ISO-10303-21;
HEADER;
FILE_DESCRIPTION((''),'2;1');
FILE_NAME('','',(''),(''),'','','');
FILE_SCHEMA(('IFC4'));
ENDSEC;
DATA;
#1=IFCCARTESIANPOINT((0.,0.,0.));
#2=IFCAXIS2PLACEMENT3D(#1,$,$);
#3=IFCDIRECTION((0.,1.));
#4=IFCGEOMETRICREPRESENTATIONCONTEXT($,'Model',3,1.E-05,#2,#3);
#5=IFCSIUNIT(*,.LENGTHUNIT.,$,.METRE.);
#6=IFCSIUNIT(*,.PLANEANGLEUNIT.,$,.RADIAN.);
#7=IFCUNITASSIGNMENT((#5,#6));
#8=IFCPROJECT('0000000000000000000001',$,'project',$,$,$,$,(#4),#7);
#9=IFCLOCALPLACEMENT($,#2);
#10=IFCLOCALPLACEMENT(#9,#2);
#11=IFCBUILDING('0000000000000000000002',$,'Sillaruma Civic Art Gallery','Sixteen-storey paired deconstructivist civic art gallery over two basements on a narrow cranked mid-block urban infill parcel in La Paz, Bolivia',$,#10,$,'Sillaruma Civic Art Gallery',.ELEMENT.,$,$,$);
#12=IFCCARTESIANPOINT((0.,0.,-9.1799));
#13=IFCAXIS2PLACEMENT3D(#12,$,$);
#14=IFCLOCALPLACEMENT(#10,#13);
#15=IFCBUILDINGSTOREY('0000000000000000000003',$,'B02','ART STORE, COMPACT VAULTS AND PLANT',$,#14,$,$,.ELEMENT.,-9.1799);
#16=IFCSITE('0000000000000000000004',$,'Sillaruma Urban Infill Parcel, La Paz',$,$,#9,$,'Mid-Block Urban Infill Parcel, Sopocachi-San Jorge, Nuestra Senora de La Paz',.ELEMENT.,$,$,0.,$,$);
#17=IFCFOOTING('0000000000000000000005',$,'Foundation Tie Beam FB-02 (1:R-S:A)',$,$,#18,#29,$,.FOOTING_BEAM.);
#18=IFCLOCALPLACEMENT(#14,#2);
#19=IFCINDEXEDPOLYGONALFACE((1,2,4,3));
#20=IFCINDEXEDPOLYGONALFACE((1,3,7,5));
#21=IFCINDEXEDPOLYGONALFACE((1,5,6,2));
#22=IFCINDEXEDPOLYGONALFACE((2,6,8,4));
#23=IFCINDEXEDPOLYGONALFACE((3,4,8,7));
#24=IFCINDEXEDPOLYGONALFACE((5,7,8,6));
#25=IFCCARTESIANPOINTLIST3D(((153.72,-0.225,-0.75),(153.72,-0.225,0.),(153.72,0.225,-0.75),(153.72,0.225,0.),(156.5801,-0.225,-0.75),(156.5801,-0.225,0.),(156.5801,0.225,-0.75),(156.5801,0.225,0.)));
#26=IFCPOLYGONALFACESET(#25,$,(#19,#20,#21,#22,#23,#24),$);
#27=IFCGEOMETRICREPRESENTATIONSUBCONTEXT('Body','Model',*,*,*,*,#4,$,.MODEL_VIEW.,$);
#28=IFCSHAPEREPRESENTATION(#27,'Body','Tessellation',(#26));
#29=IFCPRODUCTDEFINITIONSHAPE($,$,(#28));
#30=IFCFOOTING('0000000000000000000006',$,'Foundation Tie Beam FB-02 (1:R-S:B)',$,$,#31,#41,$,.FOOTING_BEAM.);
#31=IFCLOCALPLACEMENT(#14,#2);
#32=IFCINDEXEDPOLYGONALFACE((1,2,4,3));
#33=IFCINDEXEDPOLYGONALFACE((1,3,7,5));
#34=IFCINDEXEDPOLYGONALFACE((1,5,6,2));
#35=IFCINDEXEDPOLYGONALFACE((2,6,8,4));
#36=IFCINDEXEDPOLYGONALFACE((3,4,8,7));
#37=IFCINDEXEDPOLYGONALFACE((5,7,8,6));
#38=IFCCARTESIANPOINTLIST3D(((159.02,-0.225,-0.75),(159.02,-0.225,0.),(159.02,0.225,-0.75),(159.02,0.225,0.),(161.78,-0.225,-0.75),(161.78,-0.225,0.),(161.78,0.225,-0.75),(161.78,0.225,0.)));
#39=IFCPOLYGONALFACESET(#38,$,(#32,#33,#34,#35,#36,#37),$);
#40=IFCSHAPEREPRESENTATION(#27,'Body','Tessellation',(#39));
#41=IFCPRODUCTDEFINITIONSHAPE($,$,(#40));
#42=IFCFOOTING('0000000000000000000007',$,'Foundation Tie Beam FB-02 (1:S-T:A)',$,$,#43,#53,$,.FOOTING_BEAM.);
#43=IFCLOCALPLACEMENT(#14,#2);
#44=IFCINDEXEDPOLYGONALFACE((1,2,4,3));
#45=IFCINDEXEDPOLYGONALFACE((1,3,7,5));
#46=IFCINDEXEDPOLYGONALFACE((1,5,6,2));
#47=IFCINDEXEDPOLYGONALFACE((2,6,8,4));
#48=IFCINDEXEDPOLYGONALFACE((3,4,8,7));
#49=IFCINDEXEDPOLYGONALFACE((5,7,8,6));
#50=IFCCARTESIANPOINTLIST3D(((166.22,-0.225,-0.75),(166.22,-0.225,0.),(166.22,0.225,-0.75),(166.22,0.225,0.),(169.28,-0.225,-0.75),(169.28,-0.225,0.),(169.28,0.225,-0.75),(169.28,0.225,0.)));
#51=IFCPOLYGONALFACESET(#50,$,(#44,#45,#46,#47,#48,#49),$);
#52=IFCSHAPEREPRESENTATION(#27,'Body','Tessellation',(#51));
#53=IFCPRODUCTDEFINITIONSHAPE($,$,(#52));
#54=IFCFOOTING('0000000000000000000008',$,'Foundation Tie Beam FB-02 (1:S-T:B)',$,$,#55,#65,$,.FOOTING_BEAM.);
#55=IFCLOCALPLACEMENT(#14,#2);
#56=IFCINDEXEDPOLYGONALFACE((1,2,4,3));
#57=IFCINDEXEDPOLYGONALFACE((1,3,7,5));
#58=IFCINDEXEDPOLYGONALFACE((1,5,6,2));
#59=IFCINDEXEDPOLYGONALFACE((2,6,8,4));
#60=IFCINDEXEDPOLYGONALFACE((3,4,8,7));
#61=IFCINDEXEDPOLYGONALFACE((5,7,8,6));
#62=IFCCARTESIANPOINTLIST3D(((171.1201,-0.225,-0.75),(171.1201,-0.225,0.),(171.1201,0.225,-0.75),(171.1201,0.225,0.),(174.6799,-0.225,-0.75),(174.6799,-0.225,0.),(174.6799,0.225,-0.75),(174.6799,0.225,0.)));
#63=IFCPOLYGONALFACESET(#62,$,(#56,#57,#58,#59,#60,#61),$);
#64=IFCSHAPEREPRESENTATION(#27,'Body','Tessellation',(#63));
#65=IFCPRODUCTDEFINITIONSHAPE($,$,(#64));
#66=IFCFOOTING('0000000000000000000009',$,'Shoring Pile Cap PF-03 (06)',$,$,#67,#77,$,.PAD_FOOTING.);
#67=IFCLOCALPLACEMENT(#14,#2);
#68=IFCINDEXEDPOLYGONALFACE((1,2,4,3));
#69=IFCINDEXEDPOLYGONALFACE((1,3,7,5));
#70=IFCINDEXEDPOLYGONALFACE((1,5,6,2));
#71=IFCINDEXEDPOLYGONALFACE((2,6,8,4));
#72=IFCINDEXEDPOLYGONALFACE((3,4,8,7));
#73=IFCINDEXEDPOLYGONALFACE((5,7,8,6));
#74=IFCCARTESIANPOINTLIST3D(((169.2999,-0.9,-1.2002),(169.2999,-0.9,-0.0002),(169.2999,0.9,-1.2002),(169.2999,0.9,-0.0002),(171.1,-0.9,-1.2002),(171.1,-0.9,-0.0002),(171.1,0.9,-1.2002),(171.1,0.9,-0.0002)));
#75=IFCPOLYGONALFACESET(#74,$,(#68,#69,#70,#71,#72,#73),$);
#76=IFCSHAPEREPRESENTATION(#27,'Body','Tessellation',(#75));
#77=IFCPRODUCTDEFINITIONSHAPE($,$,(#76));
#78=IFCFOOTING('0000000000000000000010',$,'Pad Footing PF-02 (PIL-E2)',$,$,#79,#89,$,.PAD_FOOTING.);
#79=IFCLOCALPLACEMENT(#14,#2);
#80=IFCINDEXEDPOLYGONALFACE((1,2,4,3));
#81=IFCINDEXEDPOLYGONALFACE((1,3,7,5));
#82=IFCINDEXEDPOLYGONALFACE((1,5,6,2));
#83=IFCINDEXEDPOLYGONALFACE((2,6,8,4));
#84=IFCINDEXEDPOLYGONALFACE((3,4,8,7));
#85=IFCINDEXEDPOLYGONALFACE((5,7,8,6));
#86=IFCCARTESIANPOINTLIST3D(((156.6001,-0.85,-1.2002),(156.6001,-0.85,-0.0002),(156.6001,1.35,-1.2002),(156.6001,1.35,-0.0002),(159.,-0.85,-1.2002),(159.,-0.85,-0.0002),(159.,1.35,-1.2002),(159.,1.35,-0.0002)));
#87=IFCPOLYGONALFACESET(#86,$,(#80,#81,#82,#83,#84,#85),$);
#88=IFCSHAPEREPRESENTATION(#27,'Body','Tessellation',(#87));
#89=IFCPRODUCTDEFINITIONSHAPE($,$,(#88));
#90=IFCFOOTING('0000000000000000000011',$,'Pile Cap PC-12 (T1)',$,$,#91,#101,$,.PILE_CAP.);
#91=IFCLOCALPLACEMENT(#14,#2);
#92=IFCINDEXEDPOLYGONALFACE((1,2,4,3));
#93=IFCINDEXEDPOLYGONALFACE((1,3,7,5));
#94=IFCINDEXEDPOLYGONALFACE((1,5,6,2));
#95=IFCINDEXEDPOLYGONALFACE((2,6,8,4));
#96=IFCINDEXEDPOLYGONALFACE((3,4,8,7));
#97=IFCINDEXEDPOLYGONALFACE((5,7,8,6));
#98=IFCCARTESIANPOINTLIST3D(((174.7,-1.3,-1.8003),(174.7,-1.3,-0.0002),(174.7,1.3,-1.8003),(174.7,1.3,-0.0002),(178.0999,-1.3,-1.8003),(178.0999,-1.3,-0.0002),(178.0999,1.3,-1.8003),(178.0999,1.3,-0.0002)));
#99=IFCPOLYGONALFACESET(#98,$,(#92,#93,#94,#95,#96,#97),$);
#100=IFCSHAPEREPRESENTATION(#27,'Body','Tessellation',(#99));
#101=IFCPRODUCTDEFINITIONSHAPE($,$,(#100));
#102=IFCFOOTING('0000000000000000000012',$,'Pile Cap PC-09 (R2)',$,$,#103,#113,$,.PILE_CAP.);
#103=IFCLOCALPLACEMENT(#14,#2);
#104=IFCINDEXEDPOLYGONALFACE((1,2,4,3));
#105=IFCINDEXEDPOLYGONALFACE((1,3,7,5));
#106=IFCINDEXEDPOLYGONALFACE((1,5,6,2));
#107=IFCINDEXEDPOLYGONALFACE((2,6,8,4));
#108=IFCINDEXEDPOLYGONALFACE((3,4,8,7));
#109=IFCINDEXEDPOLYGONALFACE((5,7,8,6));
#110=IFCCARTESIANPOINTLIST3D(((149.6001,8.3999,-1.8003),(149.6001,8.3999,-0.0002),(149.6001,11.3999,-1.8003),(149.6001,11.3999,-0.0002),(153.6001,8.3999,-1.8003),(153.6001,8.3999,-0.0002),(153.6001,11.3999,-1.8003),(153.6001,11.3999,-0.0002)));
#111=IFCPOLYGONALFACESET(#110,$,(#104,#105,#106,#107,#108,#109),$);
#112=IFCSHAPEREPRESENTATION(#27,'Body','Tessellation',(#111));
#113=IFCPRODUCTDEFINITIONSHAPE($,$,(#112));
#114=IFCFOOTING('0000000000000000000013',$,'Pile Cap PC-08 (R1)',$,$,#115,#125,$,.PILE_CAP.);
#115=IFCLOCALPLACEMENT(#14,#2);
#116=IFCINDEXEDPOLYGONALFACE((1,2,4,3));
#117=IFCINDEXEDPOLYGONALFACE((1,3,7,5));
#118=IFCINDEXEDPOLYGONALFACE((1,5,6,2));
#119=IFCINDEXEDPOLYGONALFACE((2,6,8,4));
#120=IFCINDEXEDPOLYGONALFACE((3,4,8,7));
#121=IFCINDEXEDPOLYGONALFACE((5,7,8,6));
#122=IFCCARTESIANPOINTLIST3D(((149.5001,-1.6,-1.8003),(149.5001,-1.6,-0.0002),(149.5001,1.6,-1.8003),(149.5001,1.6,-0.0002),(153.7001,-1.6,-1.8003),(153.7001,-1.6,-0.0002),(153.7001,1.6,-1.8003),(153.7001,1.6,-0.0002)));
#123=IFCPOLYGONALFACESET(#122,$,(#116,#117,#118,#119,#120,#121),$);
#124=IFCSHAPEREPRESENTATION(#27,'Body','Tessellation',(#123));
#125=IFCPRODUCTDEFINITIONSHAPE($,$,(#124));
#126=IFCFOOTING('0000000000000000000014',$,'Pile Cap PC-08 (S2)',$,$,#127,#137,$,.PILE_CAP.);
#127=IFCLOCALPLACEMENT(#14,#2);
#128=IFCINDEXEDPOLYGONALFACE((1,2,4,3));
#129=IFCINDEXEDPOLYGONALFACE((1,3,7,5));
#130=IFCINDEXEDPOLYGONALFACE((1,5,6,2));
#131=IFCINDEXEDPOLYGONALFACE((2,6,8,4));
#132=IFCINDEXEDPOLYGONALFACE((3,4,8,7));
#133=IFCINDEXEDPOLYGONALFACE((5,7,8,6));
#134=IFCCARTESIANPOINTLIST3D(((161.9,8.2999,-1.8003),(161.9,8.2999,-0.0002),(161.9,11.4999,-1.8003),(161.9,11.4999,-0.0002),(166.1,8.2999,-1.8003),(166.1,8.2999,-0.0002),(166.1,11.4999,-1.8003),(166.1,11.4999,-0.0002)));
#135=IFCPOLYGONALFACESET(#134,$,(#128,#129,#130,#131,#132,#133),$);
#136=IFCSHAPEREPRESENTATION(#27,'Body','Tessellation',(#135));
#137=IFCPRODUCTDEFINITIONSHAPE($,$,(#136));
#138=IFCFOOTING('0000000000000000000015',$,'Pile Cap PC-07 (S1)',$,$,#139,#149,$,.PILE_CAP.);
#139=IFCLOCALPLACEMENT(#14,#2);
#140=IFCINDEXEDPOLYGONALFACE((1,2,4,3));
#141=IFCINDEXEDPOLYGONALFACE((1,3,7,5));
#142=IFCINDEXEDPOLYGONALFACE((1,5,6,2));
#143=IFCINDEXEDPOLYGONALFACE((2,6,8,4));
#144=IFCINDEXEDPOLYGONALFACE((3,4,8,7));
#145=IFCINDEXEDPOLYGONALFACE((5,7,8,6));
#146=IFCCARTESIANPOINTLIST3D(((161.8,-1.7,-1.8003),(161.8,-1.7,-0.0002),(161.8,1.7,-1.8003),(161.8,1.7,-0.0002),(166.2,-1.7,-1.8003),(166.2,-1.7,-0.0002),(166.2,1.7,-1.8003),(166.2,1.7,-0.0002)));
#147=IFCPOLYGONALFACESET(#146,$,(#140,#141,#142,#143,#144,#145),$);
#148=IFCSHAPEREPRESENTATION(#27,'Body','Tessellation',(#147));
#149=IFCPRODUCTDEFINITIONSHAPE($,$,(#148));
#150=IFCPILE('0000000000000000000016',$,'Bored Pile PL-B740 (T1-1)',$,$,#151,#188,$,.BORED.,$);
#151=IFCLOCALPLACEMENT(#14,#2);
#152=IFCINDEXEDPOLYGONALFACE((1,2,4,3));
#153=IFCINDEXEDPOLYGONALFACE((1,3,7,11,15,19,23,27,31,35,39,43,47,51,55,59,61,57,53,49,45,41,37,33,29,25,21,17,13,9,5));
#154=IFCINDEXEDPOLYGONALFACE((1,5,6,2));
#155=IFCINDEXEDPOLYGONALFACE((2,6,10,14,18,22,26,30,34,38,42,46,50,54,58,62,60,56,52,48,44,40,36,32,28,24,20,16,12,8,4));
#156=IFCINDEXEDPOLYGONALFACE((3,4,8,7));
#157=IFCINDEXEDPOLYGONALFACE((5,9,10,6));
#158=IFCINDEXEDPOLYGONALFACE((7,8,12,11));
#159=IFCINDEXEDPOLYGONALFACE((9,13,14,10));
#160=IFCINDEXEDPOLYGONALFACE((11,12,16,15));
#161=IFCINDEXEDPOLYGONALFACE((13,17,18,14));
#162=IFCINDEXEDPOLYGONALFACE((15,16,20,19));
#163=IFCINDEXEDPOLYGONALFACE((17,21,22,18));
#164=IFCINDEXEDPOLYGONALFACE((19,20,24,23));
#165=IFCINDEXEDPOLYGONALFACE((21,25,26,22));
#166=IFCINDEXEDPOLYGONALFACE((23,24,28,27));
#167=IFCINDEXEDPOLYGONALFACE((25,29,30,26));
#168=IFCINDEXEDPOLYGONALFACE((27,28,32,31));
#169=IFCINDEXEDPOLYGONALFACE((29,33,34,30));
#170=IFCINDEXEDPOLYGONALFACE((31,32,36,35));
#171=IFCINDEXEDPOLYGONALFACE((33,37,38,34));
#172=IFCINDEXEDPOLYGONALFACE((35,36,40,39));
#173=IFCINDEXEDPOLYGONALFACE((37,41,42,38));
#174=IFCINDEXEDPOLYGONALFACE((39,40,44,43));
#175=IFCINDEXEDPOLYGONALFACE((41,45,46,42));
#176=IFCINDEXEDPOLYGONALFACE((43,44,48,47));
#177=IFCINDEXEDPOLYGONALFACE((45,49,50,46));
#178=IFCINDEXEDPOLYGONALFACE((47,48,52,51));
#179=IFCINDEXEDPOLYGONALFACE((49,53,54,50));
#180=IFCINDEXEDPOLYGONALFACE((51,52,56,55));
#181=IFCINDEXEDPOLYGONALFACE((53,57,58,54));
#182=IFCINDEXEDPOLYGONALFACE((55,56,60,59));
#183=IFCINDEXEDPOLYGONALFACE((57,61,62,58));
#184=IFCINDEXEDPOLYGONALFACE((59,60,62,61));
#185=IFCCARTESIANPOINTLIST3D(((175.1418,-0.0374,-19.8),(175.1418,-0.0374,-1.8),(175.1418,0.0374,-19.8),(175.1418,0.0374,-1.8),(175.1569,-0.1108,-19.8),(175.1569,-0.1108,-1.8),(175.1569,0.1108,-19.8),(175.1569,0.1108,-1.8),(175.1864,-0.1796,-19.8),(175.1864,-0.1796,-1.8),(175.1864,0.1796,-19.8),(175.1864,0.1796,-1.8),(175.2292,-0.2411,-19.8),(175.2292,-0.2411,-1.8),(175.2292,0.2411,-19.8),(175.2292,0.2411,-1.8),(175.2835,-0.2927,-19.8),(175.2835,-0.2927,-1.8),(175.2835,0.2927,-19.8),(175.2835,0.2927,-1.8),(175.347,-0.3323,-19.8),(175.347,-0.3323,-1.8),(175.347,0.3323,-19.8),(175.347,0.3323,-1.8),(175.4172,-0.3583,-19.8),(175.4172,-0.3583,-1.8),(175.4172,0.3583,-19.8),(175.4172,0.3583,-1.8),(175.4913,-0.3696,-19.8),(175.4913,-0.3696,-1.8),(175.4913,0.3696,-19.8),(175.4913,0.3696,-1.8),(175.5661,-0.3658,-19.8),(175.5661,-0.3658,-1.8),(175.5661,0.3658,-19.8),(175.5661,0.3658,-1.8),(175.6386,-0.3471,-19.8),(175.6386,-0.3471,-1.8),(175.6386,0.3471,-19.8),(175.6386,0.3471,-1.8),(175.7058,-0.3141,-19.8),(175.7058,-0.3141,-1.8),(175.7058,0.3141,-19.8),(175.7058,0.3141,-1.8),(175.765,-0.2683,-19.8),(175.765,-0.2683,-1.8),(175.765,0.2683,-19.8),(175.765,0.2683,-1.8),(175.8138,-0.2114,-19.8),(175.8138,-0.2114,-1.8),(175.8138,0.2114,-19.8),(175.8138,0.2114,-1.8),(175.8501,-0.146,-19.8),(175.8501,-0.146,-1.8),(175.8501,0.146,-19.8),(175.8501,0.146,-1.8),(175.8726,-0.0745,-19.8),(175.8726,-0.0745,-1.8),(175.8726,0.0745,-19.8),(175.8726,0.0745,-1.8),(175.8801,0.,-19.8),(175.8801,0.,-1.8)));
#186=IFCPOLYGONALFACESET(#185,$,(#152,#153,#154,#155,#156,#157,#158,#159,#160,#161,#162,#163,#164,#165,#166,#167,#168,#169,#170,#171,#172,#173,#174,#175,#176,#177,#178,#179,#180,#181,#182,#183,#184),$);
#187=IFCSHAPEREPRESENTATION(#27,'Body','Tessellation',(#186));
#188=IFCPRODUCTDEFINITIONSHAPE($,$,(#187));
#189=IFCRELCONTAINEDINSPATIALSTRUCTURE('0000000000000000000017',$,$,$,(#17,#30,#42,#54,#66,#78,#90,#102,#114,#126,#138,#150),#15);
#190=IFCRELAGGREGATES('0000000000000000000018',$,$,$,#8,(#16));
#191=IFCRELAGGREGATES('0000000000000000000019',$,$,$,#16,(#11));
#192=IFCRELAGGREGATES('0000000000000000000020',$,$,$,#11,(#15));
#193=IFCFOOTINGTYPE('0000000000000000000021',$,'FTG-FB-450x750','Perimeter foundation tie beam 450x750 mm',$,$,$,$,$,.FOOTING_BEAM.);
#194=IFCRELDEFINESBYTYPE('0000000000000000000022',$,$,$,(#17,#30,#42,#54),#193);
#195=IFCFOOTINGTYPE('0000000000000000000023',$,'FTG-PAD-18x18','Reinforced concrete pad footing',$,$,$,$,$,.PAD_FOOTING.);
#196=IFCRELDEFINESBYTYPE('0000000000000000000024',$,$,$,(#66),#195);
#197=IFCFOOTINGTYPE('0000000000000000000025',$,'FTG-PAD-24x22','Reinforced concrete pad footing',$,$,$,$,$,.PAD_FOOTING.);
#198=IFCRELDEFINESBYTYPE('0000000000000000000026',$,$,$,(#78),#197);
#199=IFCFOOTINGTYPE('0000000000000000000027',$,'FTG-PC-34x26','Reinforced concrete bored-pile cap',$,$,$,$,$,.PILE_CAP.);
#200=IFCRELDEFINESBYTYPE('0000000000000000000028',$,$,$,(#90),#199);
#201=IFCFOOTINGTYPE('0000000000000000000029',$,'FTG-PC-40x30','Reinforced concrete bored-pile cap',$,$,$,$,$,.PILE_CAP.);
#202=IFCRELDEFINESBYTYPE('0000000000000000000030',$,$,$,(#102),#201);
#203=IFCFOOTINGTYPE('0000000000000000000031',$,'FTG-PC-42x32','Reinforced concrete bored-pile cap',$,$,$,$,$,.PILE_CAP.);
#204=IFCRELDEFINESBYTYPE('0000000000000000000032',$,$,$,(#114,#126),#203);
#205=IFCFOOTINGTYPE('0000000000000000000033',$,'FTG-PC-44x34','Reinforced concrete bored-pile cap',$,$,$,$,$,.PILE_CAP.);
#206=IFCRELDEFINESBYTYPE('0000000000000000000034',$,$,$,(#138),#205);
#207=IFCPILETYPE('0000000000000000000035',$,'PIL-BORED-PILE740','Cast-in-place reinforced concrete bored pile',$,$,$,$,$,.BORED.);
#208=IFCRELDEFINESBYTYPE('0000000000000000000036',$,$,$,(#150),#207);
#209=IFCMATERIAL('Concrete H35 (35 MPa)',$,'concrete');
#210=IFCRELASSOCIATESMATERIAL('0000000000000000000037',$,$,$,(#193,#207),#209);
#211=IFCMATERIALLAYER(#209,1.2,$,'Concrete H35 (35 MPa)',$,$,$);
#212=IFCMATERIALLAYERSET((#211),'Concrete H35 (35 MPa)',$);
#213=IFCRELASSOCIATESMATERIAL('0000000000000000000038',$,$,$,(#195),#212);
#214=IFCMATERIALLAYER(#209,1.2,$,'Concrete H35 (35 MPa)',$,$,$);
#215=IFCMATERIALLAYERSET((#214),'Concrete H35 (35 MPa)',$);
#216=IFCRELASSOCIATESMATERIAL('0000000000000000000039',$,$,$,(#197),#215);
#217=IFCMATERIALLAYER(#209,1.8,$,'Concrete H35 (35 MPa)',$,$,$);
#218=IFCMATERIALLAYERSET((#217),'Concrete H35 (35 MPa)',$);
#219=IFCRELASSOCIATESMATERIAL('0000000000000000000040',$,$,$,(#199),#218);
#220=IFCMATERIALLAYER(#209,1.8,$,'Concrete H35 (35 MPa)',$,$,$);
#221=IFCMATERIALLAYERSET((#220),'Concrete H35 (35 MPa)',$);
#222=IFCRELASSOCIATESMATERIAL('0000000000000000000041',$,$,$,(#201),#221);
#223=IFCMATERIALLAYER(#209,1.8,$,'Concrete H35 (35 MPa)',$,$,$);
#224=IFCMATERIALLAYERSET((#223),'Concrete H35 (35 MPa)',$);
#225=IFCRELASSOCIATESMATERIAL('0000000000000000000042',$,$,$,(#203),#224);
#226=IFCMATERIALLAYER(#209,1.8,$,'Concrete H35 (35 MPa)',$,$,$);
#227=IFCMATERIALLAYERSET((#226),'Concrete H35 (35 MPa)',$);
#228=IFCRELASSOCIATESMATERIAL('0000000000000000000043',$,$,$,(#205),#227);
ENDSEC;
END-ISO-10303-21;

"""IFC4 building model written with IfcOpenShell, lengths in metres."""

from ifc_helpers import new_model, si_unit, direction, frame, origin, origin_2d, place, context, subcontext, project, spatial, rectangle, circle, extrude, material, layer, layer_set, material_profile, profile_set, type_object, element, save


model = new_model("IFC4")

# Units and contexts
model_context = context("Model", 3, precision=1e-05, world=origin(), true_north=direction((0.0, 1.0)))
body_context = subcontext(model_context, "Body", "Model", "MODEL_VIEW")
ifc_project = project(units=[si_unit("LENGTHUNIT", "METRE"), si_unit("PLANEANGLEUNIT", "RADIAN")], contexts=[model_context])

# Site, building, storey
site_placement = place(None, origin())
site = spatial("IfcSite", under=ifc_project, at=site_placement, Name="Sillaruma Urban Infill Parcel, La Paz", LongName="Mid-Block Urban Infill Parcel, Sopocachi-San Jorge, Nuestra Senora de La Paz", CompositionType="ELEMENT", RefElevation=0.0)
building_placement = place(site_placement, origin())
building = spatial("IfcBuilding", under=site, at=building_placement, Name="Sillaruma Civic Art Gallery", Description="Sixteen-storey paired deconstructivist civic art gallery over two basements on a narrow cranked mid-block urban infill parcel in La Paz, Bolivia", LongName="Sillaruma Civic Art Gallery", CompositionType="ELEMENT")
storey_placement = place(building_placement, frame((0.0, 0.0, -9.1799)))
storey = spatial("IfcBuildingStorey", under=building, at=storey_placement, Name="B02", Description="ART STORE, COMPACT VAULTS AND PLANT", CompositionType="ELEMENT", Elevation=-9.1799)

# Footings
ifc_material_1 = material(Name="Concrete H35 (35 MPa)", Category="concrete")
ifc_material_profile_1 = material_profile(ifc_material_1, rectangle(XDim=0.45, YDim=0.75, at=origin_2d()), Name="RCB450x750")
ifc_profile_set_1 = profile_set([ifc_material_profile_1], Name="Concrete H35 (35 MPa)")
footing_type_1 = type_object("IfcFootingType", Name="FTG-FB-450x750", Description="Perimeter foundation tie beam 450x750 mm", PredefinedType="FOOTING_BEAM", material=ifc_profile_set_1)
footing_1_placement = place(storey_placement, frame((153.72, 0.0, -0.375), z_axis=(1.0, 0.0, 0.0), x_axis=(0.0, 1.0, 0.0)))
element("IfcFooting", 1, at=footing_1_placement, inside=storey, type_object=footing_type_1, Name="Foundation Tie Beam FB-02 (1:R-S:A)", PredefinedType="FOOTING_BEAM", context=body_context, shape_type="SweptSolid", body=[
    extrude(rectangle(XDim=0.45, YDim=0.75, at=origin_2d()), origin(), (0.0, 0.0, 1.0), 2.8601),
])
footing_2_placement = place(storey_placement, frame((159.02, 0.0, -0.375), z_axis=(1.0, 0.0, 0.0), x_axis=(0.0, 1.0, 0.0)))
element("IfcFooting", 2, at=footing_2_placement, inside=storey, type_object=footing_type_1, Name="Foundation Tie Beam FB-02 (1:R-S:B)", PredefinedType="FOOTING_BEAM", context=body_context, shape_type="SweptSolid", body=[
    extrude(rectangle(XDim=0.45, YDim=0.75, at=origin_2d()), origin(), (0.0, 0.0, 1.0), 2.76),
])
footing_3_placement = place(storey_placement, frame((166.22, 0.0, -0.375), z_axis=(1.0, 0.0, 0.0), x_axis=(0.0, 1.0, 0.0)))
element("IfcFooting", 3, at=footing_3_placement, inside=storey, type_object=footing_type_1, Name="Foundation Tie Beam FB-02 (1:S-T:A)", PredefinedType="FOOTING_BEAM", context=body_context, shape_type="SweptSolid", body=[
    extrude(rectangle(XDim=0.45, YDim=0.75, at=origin_2d()), origin(), (0.0, 0.0, 1.0), 3.0601),
])
footing_4_placement = place(storey_placement, frame((171.1201, 0.0, -0.375), z_axis=(1.0, 0.0, 0.0), x_axis=(0.0, 1.0, 0.0)))
element("IfcFooting", 4, at=footing_4_placement, inside=storey, type_object=footing_type_1, Name="Foundation Tie Beam FB-02 (1:S-T:B)", PredefinedType="FOOTING_BEAM", context=body_context, shape_type="SweptSolid", body=[
    extrude(rectangle(XDim=0.45, YDim=0.75, at=origin_2d()), origin(), (0.0, 0.0, 1.0), 3.5598),
])
ifc_layer_1 = layer(ifc_material_1, 1.2, Name="Concrete H35 (35 MPa)")
ifc_layer_set_1 = layer_set([ifc_layer_1], Name="Concrete H35 (35 MPa)")
footing_type_2 = type_object("IfcFootingType", Name="FTG-PAD-18x18", Description="Reinforced concrete pad footing", PredefinedType="PAD_FOOTING", material=ifc_layer_set_1)
footing_5_placement = place(storey_placement, frame((170.2, 0.0, -1.2002), z_axis=(0.0, 0.0, 1.0), x_axis=(1.0, 0.0, 0.0)))
element("IfcFooting", 5, at=footing_5_placement, inside=storey, type_object=footing_type_2, Name="Shoring Pile Cap PF-03 (06)", PredefinedType="PAD_FOOTING", context=body_context, shape_type="SweptSolid", body=[
    extrude(rectangle(XDim=1.8, YDim=1.8, at=origin_2d()), origin(), (0.0, 0.0, 1.0), 1.2),
])
ifc_layer_2 = layer(ifc_material_1, 1.2, Name="Concrete H35 (35 MPa)")
ifc_layer_set_2 = layer_set([ifc_layer_2], Name="Concrete H35 (35 MPa)")
footing_type_3 = type_object("IfcFootingType", Name="FTG-PAD-24x22", Description="Reinforced concrete pad footing", PredefinedType="PAD_FOOTING", material=ifc_layer_set_2)
footing_6_placement = place(storey_placement, frame((157.8, 0.25, -1.2002), z_axis=(0.0, 0.0, 1.0), x_axis=(1.0, 0.0, 0.0)))
element("IfcFooting", 6, at=footing_6_placement, inside=storey, type_object=footing_type_3, Name="Pad Footing PF-02 (PIL-E2)", PredefinedType="PAD_FOOTING", context=body_context, shape_type="SweptSolid", body=[
    extrude(rectangle(XDim=2.3999, YDim=2.2, at=origin_2d()), origin(), (0.0, 0.0, 1.0), 1.2),
])
ifc_layer_3 = layer(ifc_material_1, 1.8, Name="Concrete H35 (35 MPa)")
ifc_layer_set_3 = layer_set([ifc_layer_3], Name="Concrete H35 (35 MPa)")
footing_type_4 = type_object("IfcFootingType", Name="FTG-PC-34x26", Description="Reinforced concrete bored-pile cap", PredefinedType="PILE_CAP", material=ifc_layer_set_3)
footing_7_placement = place(storey_placement, frame((176.3999, 0.0, -1.8003), z_axis=(0.0, 0.0, 1.0), x_axis=(1.0, 0.0, 0.0)))
element("IfcFooting", 7, at=footing_7_placement, inside=storey, type_object=footing_type_4, Name="Pile Cap PC-12 (T1)", PredefinedType="PILE_CAP", context=body_context, shape_type="SweptSolid", body=[
    extrude(rectangle(XDim=3.3999, YDim=2.6001, at=origin_2d()), origin(), (0.0, 0.0, 1.0), 1.8),
])
ifc_layer_4 = layer(ifc_material_1, 1.8, Name="Concrete H35 (35 MPa)")
ifc_layer_set_4 = layer_set([ifc_layer_4], Name="Concrete H35 (35 MPa)")
footing_type_5 = type_object("IfcFootingType", Name="FTG-PC-40x30", Description="Reinforced concrete bored-pile cap", PredefinedType="PILE_CAP", material=ifc_layer_set_4)
footing_8_placement = place(storey_placement, frame((151.6001, 9.8999, -1.8003), z_axis=(0.0, 0.0, 1.0), x_axis=(1.0, 0.0, 0.0)))
element("IfcFooting", 8, at=footing_8_placement, inside=storey, type_object=footing_type_5, Name="Pile Cap PC-09 (R2)", PredefinedType="PILE_CAP", context=body_context, shape_type="SweptSolid", body=[
    extrude(rectangle(XDim=4.0, YDim=3.0, at=origin_2d()), origin(), (0.0, 0.0, 1.0), 1.8),
])
ifc_layer_5 = layer(ifc_material_1, 1.8, Name="Concrete H35 (35 MPa)")
ifc_layer_set_5 = layer_set([ifc_layer_5], Name="Concrete H35 (35 MPa)")
footing_type_6 = type_object("IfcFootingType", Name="FTG-PC-42x32", Description="Reinforced concrete bored-pile cap", PredefinedType="PILE_CAP", material=ifc_layer_set_5)
for number, where, z_axis, x_axis, name in (
    (9, (151.6001, 0.0, -1.8003), (0.0, 0.0, 1.0), (1.0, 0.0, 0.0), "Pile Cap PC-08 (R1)"),
    (10, (164.0, 9.8999, -1.8003), (0.0, 0.0, 1.0), (1.0, 0.0, 0.0), "Pile Cap PC-08 (S2)"),
):
    element("IfcFooting", number, at=place(storey_placement, frame(where, z_axis=z_axis, x_axis=x_axis)), inside=storey, type_object=footing_type_6, Name=name, PredefinedType="PILE_CAP", context=body_context, shape_type="SweptSolid", body=[
        extrude(rectangle(XDim=4.2, YDim=3.2, at=origin_2d()), origin(), (0.0, 0.0, 1.0), 1.8),
    ])
ifc_layer_6 = layer(ifc_material_1, 1.8, Name="Concrete H35 (35 MPa)")
ifc_layer_set_6 = layer_set([ifc_layer_6], Name="Concrete H35 (35 MPa)")
footing_type_7 = type_object("IfcFootingType", Name="FTG-PC-44x34", Description="Reinforced concrete bored-pile cap", PredefinedType="PILE_CAP", material=ifc_layer_set_6)
footing_9_placement = place(storey_placement, frame((164.0, 0.0, -1.8003), z_axis=(0.0, 0.0, 1.0), x_axis=(1.0, 0.0, 0.0)))
element("IfcFooting", 11, at=footing_9_placement, inside=storey, type_object=footing_type_7, Name="Pile Cap PC-07 (S1)", PredefinedType="PILE_CAP", context=body_context, shape_type="SweptSolid", body=[
    extrude(rectangle(XDim=4.3999, YDim=3.3999, at=origin_2d()), origin(), (0.0, 0.0, 1.0), 1.8),
])

# Pile
ifc_material_profile_2 = material_profile(ifc_material_1, circle(Radius=0.3701, at=origin_2d()), Name="PILE740")
ifc_profile_set_2 = profile_set([ifc_material_profile_2], Name="Concrete H35 (35 MPa)")
pile_type_1 = type_object("IfcPileType", Name="PIL-BORED-PILE740", Description="Cast-in-place reinforced concrete bored pile", PredefinedType="BORED", material=ifc_profile_set_2)
for number, where, z_axis, x_axis, name in (
    (12, (175.51, 0.0, -1.8), (0.0, 0.0, -1.0), (1.0, 0.0, 0.0), "Bored Pile PL-B740 (T1-1)"),
):
    element("IfcPile", number, at=place(storey_placement, frame(where, z_axis=z_axis, x_axis=x_axis)), inside=storey, type_object=pile_type_1, Name=name, PredefinedType="BORED", context=body_context, shape_type="SweptSolid", body=[
        extrude(circle(Radius=0.3701, at=origin_2d()), origin(), (0.0, 0.0, 1.0), 18.0),
    ])

save(model, "model.ifc")
